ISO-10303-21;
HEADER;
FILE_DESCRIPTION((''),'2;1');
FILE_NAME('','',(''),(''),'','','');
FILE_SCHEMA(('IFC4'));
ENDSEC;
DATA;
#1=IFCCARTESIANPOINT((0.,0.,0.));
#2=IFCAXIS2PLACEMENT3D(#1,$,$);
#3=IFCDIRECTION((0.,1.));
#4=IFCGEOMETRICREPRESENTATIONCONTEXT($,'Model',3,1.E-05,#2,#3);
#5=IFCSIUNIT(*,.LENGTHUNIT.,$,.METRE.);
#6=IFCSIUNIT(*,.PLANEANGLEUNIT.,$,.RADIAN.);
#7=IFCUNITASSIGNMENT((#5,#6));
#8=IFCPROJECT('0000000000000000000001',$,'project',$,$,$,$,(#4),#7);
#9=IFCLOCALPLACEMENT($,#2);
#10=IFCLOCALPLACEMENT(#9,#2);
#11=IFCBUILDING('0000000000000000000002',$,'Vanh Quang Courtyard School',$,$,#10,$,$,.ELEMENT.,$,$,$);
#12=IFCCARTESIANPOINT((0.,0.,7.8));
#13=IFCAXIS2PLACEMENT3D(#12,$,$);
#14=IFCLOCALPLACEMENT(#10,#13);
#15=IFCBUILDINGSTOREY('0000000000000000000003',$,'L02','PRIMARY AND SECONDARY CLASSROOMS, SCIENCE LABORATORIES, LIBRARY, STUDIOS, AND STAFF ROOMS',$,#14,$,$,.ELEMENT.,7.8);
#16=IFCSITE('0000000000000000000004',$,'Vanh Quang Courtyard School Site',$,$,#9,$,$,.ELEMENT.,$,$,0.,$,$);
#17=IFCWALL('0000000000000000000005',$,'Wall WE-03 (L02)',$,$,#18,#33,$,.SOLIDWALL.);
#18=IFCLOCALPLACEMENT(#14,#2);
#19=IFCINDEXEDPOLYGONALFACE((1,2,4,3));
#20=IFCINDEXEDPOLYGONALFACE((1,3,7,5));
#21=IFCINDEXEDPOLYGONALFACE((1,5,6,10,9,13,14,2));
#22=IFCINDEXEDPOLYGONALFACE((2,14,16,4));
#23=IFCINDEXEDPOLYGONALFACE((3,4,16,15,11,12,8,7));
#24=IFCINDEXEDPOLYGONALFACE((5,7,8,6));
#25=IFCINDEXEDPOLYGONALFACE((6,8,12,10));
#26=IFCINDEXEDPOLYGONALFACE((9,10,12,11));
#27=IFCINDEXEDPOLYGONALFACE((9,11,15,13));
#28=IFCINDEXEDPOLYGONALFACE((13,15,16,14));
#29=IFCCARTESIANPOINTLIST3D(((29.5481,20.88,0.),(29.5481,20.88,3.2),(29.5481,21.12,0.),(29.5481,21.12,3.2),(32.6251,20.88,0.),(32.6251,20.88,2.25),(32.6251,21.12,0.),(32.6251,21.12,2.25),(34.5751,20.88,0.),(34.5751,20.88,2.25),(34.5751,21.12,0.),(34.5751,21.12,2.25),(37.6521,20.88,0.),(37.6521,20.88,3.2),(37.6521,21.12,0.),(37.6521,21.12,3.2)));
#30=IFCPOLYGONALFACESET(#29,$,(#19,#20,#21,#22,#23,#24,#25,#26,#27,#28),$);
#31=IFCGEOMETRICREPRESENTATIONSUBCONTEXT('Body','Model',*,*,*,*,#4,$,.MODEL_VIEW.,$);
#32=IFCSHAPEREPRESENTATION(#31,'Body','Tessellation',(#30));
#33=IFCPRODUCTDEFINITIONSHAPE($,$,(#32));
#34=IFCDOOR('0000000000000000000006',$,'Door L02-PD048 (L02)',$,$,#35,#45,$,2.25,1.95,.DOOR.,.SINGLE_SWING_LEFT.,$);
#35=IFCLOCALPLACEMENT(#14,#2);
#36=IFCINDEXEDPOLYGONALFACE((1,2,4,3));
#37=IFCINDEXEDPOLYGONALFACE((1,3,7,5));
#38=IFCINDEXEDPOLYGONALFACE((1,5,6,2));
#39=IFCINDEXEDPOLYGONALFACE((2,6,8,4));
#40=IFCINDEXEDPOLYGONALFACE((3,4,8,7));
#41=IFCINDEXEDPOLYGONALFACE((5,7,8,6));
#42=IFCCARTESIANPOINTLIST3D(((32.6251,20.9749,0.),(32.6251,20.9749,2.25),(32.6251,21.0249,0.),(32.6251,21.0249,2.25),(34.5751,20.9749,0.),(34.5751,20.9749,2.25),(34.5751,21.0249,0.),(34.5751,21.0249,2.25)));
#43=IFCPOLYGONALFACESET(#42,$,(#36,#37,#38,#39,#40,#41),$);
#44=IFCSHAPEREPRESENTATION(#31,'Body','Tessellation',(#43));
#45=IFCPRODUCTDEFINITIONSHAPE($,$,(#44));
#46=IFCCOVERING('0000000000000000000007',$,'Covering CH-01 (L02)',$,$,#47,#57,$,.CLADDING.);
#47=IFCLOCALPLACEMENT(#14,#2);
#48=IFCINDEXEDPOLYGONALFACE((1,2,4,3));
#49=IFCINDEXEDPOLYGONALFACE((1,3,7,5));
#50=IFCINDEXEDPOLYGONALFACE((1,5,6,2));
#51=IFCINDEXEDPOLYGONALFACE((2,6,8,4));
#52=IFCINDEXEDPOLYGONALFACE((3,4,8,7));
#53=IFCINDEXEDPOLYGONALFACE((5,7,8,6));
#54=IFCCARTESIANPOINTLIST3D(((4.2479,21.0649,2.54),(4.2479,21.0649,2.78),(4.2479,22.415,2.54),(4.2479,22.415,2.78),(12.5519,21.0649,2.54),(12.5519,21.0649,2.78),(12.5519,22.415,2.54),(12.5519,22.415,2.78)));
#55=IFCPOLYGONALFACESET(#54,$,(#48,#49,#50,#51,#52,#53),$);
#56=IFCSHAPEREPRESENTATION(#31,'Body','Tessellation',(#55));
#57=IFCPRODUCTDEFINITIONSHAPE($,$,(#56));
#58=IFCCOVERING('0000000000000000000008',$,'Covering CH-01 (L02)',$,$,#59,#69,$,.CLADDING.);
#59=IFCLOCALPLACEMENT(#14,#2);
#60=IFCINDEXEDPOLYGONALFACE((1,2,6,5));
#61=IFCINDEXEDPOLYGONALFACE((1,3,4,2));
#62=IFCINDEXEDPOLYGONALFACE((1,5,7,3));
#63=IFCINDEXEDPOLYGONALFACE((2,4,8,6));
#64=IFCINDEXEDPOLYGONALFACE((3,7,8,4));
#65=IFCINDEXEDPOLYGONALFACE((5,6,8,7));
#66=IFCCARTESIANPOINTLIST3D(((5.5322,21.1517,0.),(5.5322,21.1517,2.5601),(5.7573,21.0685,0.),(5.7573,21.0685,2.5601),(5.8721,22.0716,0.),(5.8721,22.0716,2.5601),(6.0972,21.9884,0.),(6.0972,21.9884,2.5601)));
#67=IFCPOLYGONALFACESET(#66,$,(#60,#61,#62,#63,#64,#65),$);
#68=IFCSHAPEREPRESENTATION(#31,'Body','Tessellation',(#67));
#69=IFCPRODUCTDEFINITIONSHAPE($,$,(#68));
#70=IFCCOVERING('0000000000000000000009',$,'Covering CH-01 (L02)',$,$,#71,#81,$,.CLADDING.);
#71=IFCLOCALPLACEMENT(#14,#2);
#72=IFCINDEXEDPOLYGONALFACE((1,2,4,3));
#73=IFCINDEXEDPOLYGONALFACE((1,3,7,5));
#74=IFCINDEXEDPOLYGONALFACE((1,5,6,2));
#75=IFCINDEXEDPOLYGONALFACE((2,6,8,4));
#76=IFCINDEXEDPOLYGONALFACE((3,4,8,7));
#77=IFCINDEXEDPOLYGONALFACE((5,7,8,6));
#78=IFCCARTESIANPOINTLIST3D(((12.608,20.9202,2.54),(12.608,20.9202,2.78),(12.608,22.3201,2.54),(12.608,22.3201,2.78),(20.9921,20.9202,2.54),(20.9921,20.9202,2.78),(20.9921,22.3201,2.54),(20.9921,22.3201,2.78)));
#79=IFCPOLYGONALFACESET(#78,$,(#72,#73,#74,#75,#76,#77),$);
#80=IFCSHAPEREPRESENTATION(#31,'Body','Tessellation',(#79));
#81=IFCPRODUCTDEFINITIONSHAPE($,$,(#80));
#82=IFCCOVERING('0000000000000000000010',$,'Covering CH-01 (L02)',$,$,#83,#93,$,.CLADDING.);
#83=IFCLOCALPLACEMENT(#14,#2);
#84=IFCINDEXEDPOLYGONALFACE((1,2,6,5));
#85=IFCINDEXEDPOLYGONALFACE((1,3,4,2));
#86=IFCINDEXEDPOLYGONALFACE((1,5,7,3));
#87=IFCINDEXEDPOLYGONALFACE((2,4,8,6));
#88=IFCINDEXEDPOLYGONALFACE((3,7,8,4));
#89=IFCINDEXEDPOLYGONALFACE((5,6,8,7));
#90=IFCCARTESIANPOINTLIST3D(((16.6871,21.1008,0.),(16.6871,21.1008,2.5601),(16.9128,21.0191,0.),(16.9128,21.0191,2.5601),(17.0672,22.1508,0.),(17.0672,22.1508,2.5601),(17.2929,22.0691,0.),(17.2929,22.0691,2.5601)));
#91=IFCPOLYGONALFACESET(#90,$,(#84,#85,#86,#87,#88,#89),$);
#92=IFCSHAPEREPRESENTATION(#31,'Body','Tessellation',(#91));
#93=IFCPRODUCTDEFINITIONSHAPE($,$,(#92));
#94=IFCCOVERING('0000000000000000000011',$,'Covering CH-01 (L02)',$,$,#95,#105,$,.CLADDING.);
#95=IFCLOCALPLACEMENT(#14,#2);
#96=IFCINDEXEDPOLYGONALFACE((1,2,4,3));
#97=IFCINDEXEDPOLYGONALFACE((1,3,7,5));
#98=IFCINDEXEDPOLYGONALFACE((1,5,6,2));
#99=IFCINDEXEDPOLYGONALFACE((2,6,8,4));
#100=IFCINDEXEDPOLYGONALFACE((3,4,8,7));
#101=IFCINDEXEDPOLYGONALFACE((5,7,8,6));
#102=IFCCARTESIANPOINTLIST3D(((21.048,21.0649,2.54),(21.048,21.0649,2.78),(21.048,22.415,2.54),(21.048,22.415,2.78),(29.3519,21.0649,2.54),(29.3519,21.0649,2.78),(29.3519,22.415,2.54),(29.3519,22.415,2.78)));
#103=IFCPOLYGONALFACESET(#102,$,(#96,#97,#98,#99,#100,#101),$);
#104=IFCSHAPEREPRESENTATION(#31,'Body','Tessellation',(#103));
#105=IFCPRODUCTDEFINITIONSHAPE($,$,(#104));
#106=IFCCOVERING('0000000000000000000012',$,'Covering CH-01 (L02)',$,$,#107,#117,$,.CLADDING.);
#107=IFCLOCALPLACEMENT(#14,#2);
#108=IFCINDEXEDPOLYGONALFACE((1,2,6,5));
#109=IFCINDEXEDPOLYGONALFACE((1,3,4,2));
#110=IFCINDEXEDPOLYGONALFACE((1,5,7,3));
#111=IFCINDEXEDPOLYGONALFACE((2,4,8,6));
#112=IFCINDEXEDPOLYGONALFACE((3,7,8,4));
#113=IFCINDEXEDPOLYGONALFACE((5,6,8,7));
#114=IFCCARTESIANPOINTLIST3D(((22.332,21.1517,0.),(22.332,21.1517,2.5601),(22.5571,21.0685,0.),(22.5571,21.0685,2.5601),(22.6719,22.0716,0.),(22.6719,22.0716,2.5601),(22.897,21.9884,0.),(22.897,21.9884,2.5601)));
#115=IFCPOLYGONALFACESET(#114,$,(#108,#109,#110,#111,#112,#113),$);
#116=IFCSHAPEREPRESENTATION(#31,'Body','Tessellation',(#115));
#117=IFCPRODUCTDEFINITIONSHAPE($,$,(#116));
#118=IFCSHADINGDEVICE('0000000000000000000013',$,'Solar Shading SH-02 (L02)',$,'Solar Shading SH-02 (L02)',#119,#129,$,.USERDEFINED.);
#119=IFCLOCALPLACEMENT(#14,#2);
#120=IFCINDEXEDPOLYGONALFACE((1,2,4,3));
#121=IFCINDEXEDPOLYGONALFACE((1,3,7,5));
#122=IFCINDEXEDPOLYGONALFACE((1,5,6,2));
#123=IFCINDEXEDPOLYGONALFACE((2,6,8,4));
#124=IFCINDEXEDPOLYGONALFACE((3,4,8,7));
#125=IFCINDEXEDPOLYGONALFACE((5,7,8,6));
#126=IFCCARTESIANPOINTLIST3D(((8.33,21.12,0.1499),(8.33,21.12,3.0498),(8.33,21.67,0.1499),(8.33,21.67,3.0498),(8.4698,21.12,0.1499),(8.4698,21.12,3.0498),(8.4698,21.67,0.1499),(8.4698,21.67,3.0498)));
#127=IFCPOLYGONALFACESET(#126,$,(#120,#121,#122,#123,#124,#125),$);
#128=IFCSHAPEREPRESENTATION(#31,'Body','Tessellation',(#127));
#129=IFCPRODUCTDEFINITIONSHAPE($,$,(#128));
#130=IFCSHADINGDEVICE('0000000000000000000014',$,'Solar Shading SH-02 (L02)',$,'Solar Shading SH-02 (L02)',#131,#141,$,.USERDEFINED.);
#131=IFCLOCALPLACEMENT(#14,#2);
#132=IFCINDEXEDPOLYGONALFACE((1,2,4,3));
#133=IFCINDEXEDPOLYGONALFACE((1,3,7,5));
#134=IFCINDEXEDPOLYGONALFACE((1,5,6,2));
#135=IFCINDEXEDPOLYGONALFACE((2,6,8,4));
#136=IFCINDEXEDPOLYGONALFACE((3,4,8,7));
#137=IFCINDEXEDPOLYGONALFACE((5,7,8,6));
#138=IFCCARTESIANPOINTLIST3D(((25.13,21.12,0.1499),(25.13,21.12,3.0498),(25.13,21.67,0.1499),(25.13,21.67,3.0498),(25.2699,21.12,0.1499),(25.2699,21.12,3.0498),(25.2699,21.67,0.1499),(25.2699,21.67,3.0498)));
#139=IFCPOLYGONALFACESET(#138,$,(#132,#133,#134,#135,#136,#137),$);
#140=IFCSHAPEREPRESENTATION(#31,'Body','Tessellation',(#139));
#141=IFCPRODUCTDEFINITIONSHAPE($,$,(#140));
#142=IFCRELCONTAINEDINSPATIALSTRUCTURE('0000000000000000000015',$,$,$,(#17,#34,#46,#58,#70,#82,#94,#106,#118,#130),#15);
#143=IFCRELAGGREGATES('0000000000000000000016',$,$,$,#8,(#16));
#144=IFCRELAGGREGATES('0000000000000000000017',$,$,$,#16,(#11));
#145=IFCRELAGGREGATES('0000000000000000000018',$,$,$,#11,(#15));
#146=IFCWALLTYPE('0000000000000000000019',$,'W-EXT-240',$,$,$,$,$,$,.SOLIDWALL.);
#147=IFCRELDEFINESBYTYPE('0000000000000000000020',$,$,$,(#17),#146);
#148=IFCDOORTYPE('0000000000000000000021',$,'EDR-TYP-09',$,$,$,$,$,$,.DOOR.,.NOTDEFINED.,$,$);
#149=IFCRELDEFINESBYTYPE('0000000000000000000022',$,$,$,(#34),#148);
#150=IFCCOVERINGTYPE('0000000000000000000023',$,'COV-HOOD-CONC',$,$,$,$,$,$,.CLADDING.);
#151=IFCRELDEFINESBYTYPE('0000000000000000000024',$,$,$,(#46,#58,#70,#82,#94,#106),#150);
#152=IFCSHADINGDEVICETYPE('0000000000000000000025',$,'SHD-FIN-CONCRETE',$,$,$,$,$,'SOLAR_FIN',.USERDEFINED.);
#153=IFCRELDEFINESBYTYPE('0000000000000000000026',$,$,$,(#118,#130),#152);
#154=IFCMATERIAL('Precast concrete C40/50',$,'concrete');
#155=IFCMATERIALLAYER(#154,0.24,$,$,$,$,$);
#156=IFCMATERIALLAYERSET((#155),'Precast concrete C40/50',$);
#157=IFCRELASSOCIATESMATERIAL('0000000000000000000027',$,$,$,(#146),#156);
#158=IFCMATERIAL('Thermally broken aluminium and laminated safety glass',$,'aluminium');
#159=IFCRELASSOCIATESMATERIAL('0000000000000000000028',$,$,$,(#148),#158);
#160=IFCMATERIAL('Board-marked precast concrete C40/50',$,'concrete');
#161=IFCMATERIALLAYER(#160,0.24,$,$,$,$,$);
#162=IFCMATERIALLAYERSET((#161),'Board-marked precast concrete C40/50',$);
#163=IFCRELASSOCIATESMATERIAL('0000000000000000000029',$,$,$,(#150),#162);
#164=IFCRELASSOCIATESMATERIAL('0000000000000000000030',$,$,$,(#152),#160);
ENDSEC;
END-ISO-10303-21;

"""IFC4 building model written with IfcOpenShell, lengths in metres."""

from ifc_helpers import new_model, si_unit, direction, frame, frame_2d, origin, origin_2d, place, context, subcontext, project, spatial, rectangle, extrude, material, layer, layer_set, type_object, element, fill, save


model = new_model("IFC4")

# Units and contexts
model_context = context("Model", 3, precision=1e-05, world=origin(), true_north=direction((0.0, 1.0)))
body_context = subcontext(model_context, "Body", "Model", "MODEL_VIEW")
ifc_project = project(units=[si_unit("LENGTHUNIT", "METRE"), si_unit("PLANEANGLEUNIT", "RADIAN")], contexts=[model_context])

# Site, building, storey
site_placement = place(None, origin())
site = spatial("IfcSite", under=ifc_project, at=site_placement, Name="Vanh Quang Courtyard School Site", CompositionType="ELEMENT", RefElevation=0.0)
building_placement = place(site_placement, origin())
building = spatial("IfcBuilding", under=site, at=building_placement, Name="Vanh Quang Courtyard School", CompositionType="ELEMENT")
storey_placement = place(building_placement, frame((0.0, 0.0, 7.8)))
storey = spatial("IfcBuildingStorey", under=building, at=storey_placement, Name="L02", Description="PRIMARY AND SECONDARY CLASSROOMS, SCIENCE LABORATORIES, LIBRARY, STUDIOS, AND STAFF ROOMS", CompositionType="ELEMENT", Elevation=7.8)

# Wall, opening, door
ifc_material_1 = material(Name="Precast concrete C40/50", Category="concrete")
ifc_layer_1 = layer(ifc_material_1, 0.24)
ifc_layer_set_1 = layer_set([ifc_layer_1], Name="Precast concrete C40/50")
wall_type = type_object("IfcWallType", Name="W-EXT-240", PredefinedType="SOLIDWALL", material=ifc_layer_set_1)
wall_placement = place(storey_placement, frame((29.5481, 21.0, 0.0), z_axis=(0.0, 0.0, 1.0), x_axis=(1.0, 0.0, 0.0)))
wall = element("IfcWall", 1, at=wall_placement, inside=storey, type_object=wall_type, Name="Wall WE-03 (L02)", PredefinedType="SOLIDWALL", context=body_context, shape_type="SweptSolid", body=[
    extrude(rectangle(XDim=8.104, YDim=0.24, at=frame_2d((4.052, 0.0))), origin(), (0.0, 0.0, 1.0), 3.2),
])
opening_placement = place(wall_placement, frame((3.0769, 0.0, 0.0)))
opening = element("IfcOpeningElement", 2, at=opening_placement, cuts=wall, PredefinedType="OPENING", context=body_context, shape_type="SweptSolid", body=[
    extrude(rectangle(XDim=1.95, YDim=2.25, at=frame_2d((0.9751, 1.125))), frame((0.0, 0.1299, 0.0), z_axis=(0.0, -1.0, 0.0), x_axis=(1.0, 0.0, 0.0)), (0.0, 0.0, 1.0), 0.26),
])
ifc_material_2 = material(Name="Thermally broken aluminium and laminated safety glass", Category="aluminium")
door_type = type_object("IfcDoorType", Name="EDR-TYP-09", OperationType="NOTDEFINED", PredefinedType="DOOR", material=ifc_material_2)
door_placement = place(opening_placement, origin())
door = element("IfcDoor", 3, at=door_placement, inside=storey, type_object=door_type, Name="Door L02-PD048 (L02)", OperationType="SINGLE_SWING_LEFT", OverallHeight=2.25, OverallWidth=1.95, PredefinedType="DOOR", context=body_context, shape_type="SweptSolid", body=[
    extrude(rectangle(XDim=1.95, YDim=2.25, at=frame_2d((0.9751, 1.125))), frame((0.0, 0.0249, 0.0), z_axis=(0.0, -1.0, 0.0), x_axis=(1.0, 0.0, 0.0)), (0.0, 0.0, 1.0), 0.05),
])
fill(opening, door)

# Coverings
ifc_material_3 = material(Name="Board-marked precast concrete C40/50", Category="concrete")
ifc_layer_2 = layer(ifc_material_3, 0.24)
ifc_layer_set_2 = layer_set([ifc_layer_2], Name="Board-marked precast concrete C40/50")
covering_type = type_object("IfcCoveringType", Name="COV-HOOD-CONC", PredefinedType="CLADDING", material=ifc_layer_set_2)
covering_1_placement = place(storey_placement, frame((8.3999, 21.74, 2.54), z_axis=(0.0, 0.0, 1.0), x_axis=(1.0, 0.0, 0.0)))
element("IfcCovering", 4, at=covering_1_placement, inside=storey, type_object=covering_type, Name="Covering CH-01 (L02)", PredefinedType="CLADDING", context=body_context, shape_type="SweptSolid", body=[
    extrude(rectangle(XDim=8.304, YDim=1.3501, at=origin_2d()), origin(), (0.0, 0.0, 1.0), 0.24),
])
covering_2_placement = place(storey_placement, frame((5.8147, 21.5701, 0.0), z_axis=(0.0, 0.0, 1.0), x_axis=(0.346608, 0.93801, 0.0)))
element("IfcCovering", 5, at=covering_2_placement, inside=storey, type_object=covering_type, Name="Covering CH-01 (L02)", PredefinedType="CLADDING", context=body_context, shape_type="SweptSolid", body=[
    extrude(rectangle(XDim=0.9807, YDim=0.24, at=origin_2d()), origin(), (0.0, 0.0, 1.0), 2.5601),
])
covering_3_placement = place(storey_placement, frame((16.8, 21.6201, 2.54), z_axis=(0.0, 0.0, 1.0), x_axis=(1.0, 0.0, 0.0)))
element("IfcCovering", 6, at=covering_3_placement, inside=storey, type_object=covering_type, Name="Covering CH-01 (L02)", PredefinedType="CLADDING", context=body_context, shape_type="SweptSolid", body=[
    extrude(rectangle(XDim=8.384, YDim=1.3999, at=origin_2d()), origin(), (0.0, 0.0, 1.0), 0.24),
])
covering_4_placement = place(storey_placement, frame((16.99, 21.585, 0.0), z_axis=(0.0, 0.0, 1.0), x_axis=(0.34038, 0.940288, 0.0)))
element("IfcCovering", 7, at=covering_4_placement, inside=storey, type_object=covering_type, Name="Covering CH-01 (L02)", PredefinedType="CLADDING", context=body_context, shape_type="SweptSolid", body=[
    extrude(rectangle(XDim=1.1167, YDim=0.24, at=origin_2d()), origin(), (0.0, 0.0, 1.0), 2.5601),
])
covering_5_placement = place(storey_placement, frame((25.2, 21.74, 2.54), z_axis=(0.0, 0.0, 1.0), x_axis=(1.0, 0.0, 0.0)))
element("IfcCovering", 8, at=covering_5_placement, inside=storey, type_object=covering_type, Name="Covering CH-01 (L02)", PredefinedType="CLADDING", context=body_context, shape_type="SweptSolid", body=[
    extrude(rectangle(XDim=8.304, YDim=1.3501, at=origin_2d()), origin(), (0.0, 0.0, 1.0), 0.24),
])
covering_6_placement = place(storey_placement, frame((22.6145, 21.5701, 0.0), z_axis=(0.0, 0.0, 1.0), x_axis=(0.346608, 0.93801, 0.0)))
element("IfcCovering", 9, at=covering_6_placement, inside=storey, type_object=covering_type, Name="Covering CH-01 (L02)", PredefinedType="CLADDING", context=body_context, shape_type="SweptSolid", body=[
    extrude(rectangle(XDim=0.9807, YDim=0.24, at=origin_2d()), origin(), (0.0, 0.0, 1.0), 2.5601),
])

# Shading devices
shading_device_type = type_object("IfcShadingDeviceType", Name="SHD-FIN-CONCRETE", ElementType="SOLAR_FIN", PredefinedType="USERDEFINED", material=ifc_material_3)
for number, where, z_axis, x_axis, name in (
    (10, (8.3999, 21.395, 0.1499), (0.0, 0.0, 1.0), (1.0, 0.0, 0.0), "Solar Shading SH-02 (L02)"),
    (11, (25.2, 21.395, 0.1499), (0.0, 0.0, 1.0), (1.0, 0.0, 0.0), "Solar Shading SH-02 (L02)"),
):
    element("IfcShadingDevice", number, at=place(storey_placement, frame(where, z_axis=z_axis, x_axis=x_axis)), inside=storey, type_object=shading_device_type, Name=name, ObjectType="Solar Shading SH-02 (L02)", PredefinedType="USERDEFINED", context=body_context, shape_type="SweptSolid", body=[
        extrude(rectangle(XDim=0.1399, YDim=0.55, at=origin_2d()), origin(), (0.0, 0.0, 1.0), 2.8999),
    ])

save(model, "model.ifc")
